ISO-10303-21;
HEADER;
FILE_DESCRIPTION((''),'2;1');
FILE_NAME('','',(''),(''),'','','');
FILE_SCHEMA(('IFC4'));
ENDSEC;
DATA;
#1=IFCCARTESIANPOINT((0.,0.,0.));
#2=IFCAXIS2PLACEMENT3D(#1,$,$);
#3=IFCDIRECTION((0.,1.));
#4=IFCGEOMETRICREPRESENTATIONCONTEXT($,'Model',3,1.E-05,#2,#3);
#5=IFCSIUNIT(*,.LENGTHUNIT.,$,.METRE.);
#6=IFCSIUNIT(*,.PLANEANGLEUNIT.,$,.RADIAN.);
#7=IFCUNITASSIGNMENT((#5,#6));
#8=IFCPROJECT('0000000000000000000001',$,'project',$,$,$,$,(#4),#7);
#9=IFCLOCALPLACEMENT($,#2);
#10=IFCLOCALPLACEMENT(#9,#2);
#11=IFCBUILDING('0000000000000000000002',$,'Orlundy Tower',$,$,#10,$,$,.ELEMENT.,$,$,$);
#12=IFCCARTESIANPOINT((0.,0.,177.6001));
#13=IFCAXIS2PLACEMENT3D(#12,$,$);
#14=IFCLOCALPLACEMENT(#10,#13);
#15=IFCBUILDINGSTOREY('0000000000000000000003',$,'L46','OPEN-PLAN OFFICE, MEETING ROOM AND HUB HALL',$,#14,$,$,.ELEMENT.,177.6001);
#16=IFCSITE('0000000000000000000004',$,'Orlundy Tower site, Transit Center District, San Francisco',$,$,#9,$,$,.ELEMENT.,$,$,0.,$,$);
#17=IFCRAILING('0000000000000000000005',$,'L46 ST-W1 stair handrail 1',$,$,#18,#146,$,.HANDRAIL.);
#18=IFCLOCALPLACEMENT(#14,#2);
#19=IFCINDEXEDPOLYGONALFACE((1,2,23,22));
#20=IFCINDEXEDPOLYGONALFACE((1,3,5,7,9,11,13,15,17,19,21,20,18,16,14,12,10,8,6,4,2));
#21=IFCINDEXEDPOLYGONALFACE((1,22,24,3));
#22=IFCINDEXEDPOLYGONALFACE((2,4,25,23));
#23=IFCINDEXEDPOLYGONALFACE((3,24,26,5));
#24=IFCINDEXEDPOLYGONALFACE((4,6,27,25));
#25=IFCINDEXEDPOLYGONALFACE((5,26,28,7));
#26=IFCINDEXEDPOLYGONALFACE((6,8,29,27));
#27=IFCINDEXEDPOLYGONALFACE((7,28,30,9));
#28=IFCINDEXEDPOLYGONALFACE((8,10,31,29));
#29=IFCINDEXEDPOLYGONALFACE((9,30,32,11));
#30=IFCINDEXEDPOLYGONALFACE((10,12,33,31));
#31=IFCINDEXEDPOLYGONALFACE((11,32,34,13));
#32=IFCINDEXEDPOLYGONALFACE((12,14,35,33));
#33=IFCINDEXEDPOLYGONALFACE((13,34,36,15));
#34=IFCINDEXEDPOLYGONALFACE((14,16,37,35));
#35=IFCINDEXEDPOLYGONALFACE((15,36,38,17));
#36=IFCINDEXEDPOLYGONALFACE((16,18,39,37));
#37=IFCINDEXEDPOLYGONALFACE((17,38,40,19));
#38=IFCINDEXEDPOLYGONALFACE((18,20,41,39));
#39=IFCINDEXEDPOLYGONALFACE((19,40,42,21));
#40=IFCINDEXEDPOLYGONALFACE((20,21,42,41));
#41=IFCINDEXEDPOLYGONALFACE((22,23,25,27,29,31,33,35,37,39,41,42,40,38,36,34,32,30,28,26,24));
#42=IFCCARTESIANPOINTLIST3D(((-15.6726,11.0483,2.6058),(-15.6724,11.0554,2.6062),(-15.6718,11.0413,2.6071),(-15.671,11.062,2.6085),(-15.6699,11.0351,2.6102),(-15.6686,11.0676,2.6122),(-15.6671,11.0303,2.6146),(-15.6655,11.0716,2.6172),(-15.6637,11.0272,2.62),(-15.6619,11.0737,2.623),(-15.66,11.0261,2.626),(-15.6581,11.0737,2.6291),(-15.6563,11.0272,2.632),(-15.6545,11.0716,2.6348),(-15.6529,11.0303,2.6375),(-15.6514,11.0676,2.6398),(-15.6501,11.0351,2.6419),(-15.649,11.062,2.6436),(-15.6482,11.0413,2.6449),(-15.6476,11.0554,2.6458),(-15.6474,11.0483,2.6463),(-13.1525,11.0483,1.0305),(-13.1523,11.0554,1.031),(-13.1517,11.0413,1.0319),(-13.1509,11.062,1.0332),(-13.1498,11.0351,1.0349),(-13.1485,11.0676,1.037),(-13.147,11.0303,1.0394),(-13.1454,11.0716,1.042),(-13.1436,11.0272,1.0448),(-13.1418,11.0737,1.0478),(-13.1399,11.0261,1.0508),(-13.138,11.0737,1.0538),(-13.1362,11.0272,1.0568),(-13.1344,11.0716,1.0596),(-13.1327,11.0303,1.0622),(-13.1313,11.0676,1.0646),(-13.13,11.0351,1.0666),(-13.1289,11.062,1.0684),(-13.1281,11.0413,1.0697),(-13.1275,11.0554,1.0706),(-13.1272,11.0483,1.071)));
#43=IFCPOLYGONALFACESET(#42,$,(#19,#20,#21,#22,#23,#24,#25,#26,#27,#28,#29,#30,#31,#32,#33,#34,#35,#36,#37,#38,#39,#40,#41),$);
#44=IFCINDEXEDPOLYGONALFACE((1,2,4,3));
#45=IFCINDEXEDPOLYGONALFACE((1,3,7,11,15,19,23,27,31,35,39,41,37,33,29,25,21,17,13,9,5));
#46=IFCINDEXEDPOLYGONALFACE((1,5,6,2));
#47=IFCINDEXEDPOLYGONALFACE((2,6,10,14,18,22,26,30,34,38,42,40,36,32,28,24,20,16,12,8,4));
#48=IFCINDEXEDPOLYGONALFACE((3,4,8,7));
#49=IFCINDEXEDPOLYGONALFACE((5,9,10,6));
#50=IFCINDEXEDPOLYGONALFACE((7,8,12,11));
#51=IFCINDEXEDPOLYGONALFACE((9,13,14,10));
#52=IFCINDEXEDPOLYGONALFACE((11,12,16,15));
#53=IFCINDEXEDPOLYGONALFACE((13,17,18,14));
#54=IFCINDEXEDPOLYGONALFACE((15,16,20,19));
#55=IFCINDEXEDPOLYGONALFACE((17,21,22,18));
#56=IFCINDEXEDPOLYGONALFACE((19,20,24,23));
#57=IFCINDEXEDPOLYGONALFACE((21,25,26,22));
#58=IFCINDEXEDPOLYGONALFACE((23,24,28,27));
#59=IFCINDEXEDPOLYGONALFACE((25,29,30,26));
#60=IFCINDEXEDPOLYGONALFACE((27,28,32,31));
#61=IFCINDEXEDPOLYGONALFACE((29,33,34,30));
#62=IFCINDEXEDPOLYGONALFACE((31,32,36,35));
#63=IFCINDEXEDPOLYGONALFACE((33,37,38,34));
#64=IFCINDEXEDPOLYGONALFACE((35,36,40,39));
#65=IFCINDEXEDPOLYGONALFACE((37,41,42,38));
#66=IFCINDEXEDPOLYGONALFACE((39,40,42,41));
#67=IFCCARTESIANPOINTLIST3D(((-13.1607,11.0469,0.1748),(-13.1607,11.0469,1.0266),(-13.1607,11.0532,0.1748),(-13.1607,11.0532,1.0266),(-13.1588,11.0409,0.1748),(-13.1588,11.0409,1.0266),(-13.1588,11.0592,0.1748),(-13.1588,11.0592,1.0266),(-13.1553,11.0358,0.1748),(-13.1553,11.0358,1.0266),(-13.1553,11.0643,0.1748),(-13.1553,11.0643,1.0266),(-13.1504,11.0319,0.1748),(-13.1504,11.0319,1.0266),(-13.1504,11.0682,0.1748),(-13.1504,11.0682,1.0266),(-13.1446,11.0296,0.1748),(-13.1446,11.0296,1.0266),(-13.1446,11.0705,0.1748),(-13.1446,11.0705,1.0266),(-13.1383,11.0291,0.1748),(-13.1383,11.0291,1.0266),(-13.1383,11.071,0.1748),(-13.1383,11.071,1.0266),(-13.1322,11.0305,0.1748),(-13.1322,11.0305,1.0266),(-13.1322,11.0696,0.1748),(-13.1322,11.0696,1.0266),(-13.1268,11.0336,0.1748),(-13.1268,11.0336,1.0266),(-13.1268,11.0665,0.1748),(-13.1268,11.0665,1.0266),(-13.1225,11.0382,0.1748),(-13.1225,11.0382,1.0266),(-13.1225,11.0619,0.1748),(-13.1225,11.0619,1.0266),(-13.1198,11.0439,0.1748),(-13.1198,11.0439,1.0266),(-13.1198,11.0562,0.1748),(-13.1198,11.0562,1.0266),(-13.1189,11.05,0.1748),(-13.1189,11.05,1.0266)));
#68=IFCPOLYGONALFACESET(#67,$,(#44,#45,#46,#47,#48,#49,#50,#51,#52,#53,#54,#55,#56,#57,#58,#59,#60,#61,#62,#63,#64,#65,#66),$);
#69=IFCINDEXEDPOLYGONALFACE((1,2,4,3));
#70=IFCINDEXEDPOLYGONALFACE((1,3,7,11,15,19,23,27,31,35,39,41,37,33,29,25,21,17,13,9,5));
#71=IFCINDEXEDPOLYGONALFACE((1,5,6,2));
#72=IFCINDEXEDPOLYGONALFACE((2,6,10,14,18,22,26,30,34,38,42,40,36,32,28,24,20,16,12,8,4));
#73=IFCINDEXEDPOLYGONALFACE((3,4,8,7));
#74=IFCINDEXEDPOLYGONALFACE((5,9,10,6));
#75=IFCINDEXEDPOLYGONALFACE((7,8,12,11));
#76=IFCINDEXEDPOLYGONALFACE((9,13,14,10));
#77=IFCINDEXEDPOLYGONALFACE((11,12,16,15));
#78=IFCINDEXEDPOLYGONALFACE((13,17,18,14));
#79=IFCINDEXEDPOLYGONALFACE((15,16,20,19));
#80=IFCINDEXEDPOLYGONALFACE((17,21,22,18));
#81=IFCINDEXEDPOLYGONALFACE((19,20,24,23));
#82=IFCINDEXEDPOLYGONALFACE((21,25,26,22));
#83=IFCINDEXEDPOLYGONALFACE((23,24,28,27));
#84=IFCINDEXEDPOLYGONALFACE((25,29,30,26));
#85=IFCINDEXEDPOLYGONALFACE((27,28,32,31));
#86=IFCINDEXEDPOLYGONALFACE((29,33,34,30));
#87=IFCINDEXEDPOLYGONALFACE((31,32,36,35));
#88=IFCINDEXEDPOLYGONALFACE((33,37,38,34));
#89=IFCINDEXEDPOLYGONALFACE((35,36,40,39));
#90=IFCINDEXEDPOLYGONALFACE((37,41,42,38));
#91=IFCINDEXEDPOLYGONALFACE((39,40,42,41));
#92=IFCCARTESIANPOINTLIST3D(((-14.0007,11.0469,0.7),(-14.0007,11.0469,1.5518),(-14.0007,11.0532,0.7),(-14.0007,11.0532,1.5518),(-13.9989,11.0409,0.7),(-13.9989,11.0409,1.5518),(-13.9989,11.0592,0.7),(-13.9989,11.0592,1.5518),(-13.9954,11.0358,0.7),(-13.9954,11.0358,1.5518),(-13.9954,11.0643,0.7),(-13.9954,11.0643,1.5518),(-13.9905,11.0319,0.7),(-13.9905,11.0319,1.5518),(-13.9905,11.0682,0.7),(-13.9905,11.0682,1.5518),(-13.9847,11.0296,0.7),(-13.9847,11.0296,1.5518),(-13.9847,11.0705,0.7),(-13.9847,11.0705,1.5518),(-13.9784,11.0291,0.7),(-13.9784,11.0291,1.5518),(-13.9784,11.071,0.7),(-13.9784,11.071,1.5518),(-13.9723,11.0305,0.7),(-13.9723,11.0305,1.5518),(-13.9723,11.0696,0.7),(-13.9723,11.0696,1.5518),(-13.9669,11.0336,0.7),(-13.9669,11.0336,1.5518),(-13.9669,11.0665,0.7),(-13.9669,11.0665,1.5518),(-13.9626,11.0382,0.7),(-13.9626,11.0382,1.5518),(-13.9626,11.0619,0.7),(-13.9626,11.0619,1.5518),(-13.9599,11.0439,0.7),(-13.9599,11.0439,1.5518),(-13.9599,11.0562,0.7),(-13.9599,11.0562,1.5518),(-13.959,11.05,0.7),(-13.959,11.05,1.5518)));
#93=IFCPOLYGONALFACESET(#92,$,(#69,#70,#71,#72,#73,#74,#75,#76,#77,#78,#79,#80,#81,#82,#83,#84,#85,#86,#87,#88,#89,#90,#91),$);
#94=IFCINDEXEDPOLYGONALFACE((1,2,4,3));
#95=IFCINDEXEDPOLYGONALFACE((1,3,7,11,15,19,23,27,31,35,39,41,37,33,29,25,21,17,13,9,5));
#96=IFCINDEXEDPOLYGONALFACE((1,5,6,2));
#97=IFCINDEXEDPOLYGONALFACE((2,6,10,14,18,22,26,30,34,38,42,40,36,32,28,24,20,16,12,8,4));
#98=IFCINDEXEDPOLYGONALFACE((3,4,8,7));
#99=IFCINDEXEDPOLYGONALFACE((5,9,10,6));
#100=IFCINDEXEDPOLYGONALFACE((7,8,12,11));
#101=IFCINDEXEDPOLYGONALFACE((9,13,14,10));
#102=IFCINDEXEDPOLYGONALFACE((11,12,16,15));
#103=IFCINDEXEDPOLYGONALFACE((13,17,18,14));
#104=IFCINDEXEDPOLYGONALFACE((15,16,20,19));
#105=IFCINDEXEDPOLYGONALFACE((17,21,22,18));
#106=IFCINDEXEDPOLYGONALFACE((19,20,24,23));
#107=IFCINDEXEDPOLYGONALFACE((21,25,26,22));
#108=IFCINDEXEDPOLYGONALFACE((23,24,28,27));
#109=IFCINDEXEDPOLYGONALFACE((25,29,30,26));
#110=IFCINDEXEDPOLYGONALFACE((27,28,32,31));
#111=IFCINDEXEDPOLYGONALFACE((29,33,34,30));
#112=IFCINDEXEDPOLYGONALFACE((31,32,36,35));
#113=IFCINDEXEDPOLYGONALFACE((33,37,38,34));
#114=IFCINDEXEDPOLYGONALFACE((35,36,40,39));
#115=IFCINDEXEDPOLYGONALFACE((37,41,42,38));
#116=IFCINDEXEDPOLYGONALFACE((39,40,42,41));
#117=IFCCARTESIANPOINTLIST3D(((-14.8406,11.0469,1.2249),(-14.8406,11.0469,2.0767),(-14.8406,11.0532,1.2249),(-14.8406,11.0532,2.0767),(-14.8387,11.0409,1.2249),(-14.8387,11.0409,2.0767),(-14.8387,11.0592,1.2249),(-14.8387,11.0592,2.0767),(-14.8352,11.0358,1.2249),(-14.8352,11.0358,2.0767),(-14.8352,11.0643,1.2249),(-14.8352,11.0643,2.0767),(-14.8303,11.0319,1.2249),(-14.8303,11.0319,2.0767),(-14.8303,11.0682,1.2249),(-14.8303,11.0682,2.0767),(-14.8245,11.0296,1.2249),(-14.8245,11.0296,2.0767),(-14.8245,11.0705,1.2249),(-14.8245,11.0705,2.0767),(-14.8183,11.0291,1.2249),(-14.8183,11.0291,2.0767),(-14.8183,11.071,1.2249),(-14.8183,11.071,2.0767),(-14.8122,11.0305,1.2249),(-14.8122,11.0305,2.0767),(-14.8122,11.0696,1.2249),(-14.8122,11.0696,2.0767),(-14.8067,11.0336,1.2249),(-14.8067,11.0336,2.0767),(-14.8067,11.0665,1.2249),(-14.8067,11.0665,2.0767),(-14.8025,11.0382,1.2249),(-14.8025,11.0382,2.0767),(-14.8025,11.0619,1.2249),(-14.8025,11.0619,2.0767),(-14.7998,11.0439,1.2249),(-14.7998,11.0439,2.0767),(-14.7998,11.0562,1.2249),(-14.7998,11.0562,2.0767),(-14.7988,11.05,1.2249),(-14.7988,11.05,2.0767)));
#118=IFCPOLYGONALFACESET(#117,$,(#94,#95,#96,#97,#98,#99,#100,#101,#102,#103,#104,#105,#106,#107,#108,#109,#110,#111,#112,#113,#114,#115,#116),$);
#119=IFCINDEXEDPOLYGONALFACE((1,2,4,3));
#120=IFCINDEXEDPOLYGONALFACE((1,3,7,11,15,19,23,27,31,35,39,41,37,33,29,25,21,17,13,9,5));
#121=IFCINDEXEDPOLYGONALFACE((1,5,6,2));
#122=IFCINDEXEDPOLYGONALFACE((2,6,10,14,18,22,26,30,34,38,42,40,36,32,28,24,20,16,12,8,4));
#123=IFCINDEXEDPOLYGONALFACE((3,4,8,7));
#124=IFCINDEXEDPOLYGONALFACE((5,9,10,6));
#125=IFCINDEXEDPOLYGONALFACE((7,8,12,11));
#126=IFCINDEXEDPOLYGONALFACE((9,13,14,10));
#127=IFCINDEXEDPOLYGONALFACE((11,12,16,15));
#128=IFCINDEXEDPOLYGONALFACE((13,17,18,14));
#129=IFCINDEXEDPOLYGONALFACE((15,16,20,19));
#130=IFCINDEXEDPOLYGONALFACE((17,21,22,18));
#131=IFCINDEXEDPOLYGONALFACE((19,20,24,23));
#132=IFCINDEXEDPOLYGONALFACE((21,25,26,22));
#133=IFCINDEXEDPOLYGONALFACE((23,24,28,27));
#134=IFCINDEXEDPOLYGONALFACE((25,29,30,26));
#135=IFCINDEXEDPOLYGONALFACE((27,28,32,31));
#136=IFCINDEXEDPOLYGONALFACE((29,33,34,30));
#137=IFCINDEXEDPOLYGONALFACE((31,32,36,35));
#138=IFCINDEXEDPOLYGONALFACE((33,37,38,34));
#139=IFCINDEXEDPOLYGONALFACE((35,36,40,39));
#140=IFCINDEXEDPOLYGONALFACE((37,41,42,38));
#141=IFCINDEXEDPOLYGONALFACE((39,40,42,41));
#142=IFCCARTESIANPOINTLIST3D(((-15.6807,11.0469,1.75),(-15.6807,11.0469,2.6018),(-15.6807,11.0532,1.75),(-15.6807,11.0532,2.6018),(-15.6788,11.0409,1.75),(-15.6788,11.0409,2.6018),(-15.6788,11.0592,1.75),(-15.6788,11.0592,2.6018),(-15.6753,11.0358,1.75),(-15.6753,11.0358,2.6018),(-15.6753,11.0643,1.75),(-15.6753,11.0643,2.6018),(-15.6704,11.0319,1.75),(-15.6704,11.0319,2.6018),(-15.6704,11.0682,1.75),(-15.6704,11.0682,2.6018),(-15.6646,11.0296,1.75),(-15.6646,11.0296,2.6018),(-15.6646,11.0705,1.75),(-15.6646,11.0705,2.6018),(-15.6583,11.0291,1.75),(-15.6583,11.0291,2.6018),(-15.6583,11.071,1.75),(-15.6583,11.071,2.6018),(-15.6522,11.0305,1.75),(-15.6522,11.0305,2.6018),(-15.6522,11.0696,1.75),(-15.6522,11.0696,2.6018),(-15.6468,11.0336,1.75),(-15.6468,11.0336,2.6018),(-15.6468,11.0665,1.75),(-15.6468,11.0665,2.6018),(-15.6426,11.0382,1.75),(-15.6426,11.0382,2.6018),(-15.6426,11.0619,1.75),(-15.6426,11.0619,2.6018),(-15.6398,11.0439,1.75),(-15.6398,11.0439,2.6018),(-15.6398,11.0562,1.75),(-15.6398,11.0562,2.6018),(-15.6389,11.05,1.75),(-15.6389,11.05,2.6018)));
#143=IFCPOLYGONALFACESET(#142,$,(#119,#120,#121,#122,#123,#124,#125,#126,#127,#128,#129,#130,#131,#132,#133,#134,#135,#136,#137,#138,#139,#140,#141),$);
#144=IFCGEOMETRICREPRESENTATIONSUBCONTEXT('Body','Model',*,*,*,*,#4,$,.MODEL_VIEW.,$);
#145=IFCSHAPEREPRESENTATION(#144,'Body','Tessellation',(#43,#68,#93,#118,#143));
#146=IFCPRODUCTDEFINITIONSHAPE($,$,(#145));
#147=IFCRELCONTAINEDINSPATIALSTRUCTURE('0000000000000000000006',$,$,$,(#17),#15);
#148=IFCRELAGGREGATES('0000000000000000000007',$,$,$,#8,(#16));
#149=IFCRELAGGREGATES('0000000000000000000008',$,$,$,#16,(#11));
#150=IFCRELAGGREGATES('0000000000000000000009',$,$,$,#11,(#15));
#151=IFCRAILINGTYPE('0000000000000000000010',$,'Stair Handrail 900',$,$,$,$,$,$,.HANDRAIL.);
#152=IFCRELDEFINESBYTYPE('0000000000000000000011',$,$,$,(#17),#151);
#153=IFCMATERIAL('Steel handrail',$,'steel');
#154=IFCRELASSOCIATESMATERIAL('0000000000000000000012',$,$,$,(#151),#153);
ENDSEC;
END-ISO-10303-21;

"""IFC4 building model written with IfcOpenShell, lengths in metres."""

from ifc_helpers import new_model, si_unit, direction, frame, origin, origin_2d, place, context, subcontext, project, spatial, circle, extrude, material, type_object, element, save


model = new_model("IFC4")

# Units and contexts
model_context = context("Model", 3, precision=1e-05, world=origin(), true_north=direction((0.0, 1.0)))
body_context = subcontext(model_context, "Body", "Model", "MODEL_VIEW")
ifc_project = project(units=[si_unit("LENGTHUNIT", "METRE"), si_unit("PLANEANGLEUNIT", "RADIAN")], contexts=[model_context])

# Site, building, storey
site_placement = place(None, origin())
site = spatial("IfcSite", under=ifc_project, at=site_placement, Name="Orlundy Tower site, Transit Center District, San Francisco", CompositionType="ELEMENT", RefElevation=0.0)
building_placement = place(site_placement, origin())
building = spatial("IfcBuilding", under=site, at=building_placement, Name="Orlundy Tower", CompositionType="ELEMENT")
storey_placement = place(building_placement, frame((0.0, 0.0, 177.6001)))
storey = spatial("IfcBuildingStorey", under=building, at=storey_placement, Name="L46", Description="OPEN-PLAN OFFICE, MEETING ROOM AND HUB HALL", CompositionType="ELEMENT", Elevation=177.6001)

# Railing
ifc_material_1 = material(Name="Steel handrail", Category="steel")
railing_type_1 = type_object("IfcRailingType", Name="Stair Handrail 900", PredefinedType="HANDRAIL", material=ifc_material_1)
railing_1_placement = place(storey_placement, frame((-13.1399, 11.05, 0.1748)))
element("IfcRailing", 1, at=railing_1_placement, inside=storey, type_object=railing_type_1, Name="L46 ST-W1 stair handrail 1", PredefinedType="HANDRAIL", context=body_context, shape_type="SweptSolid", body=[
    extrude(circle(Radius=0.0239, at=origin_2d()), frame((0.0, 0.0, 0.876), z_axis=(-0.847971, 0.0, 0.530043), x_axis=(0.0, -1.0, 0.0)), (0.0, 0.0, 1.0), 2.9719),
    extrude(circle(Radius=0.021, at=origin_2d()), origin(), (0.0, 0.0, 1.0), 0.8518),
    extrude(circle(Radius=0.021, at=origin_2d()), frame((-0.8401, 0.0, 0.5251)), (0.0, 0.0, 1.0), 0.8518),
    extrude(circle(Radius=0.021, at=origin_2d()), frame((-1.6799, 0.0, 1.05)), (0.0, 0.0, 1.0), 0.8518),
    extrude(circle(Radius=0.021, at=origin_2d()), frame((-2.52, 0.0, 1.5752)), (0.0, 0.0, 1.0), 0.8518),
])

save(model, "model.ifc")
